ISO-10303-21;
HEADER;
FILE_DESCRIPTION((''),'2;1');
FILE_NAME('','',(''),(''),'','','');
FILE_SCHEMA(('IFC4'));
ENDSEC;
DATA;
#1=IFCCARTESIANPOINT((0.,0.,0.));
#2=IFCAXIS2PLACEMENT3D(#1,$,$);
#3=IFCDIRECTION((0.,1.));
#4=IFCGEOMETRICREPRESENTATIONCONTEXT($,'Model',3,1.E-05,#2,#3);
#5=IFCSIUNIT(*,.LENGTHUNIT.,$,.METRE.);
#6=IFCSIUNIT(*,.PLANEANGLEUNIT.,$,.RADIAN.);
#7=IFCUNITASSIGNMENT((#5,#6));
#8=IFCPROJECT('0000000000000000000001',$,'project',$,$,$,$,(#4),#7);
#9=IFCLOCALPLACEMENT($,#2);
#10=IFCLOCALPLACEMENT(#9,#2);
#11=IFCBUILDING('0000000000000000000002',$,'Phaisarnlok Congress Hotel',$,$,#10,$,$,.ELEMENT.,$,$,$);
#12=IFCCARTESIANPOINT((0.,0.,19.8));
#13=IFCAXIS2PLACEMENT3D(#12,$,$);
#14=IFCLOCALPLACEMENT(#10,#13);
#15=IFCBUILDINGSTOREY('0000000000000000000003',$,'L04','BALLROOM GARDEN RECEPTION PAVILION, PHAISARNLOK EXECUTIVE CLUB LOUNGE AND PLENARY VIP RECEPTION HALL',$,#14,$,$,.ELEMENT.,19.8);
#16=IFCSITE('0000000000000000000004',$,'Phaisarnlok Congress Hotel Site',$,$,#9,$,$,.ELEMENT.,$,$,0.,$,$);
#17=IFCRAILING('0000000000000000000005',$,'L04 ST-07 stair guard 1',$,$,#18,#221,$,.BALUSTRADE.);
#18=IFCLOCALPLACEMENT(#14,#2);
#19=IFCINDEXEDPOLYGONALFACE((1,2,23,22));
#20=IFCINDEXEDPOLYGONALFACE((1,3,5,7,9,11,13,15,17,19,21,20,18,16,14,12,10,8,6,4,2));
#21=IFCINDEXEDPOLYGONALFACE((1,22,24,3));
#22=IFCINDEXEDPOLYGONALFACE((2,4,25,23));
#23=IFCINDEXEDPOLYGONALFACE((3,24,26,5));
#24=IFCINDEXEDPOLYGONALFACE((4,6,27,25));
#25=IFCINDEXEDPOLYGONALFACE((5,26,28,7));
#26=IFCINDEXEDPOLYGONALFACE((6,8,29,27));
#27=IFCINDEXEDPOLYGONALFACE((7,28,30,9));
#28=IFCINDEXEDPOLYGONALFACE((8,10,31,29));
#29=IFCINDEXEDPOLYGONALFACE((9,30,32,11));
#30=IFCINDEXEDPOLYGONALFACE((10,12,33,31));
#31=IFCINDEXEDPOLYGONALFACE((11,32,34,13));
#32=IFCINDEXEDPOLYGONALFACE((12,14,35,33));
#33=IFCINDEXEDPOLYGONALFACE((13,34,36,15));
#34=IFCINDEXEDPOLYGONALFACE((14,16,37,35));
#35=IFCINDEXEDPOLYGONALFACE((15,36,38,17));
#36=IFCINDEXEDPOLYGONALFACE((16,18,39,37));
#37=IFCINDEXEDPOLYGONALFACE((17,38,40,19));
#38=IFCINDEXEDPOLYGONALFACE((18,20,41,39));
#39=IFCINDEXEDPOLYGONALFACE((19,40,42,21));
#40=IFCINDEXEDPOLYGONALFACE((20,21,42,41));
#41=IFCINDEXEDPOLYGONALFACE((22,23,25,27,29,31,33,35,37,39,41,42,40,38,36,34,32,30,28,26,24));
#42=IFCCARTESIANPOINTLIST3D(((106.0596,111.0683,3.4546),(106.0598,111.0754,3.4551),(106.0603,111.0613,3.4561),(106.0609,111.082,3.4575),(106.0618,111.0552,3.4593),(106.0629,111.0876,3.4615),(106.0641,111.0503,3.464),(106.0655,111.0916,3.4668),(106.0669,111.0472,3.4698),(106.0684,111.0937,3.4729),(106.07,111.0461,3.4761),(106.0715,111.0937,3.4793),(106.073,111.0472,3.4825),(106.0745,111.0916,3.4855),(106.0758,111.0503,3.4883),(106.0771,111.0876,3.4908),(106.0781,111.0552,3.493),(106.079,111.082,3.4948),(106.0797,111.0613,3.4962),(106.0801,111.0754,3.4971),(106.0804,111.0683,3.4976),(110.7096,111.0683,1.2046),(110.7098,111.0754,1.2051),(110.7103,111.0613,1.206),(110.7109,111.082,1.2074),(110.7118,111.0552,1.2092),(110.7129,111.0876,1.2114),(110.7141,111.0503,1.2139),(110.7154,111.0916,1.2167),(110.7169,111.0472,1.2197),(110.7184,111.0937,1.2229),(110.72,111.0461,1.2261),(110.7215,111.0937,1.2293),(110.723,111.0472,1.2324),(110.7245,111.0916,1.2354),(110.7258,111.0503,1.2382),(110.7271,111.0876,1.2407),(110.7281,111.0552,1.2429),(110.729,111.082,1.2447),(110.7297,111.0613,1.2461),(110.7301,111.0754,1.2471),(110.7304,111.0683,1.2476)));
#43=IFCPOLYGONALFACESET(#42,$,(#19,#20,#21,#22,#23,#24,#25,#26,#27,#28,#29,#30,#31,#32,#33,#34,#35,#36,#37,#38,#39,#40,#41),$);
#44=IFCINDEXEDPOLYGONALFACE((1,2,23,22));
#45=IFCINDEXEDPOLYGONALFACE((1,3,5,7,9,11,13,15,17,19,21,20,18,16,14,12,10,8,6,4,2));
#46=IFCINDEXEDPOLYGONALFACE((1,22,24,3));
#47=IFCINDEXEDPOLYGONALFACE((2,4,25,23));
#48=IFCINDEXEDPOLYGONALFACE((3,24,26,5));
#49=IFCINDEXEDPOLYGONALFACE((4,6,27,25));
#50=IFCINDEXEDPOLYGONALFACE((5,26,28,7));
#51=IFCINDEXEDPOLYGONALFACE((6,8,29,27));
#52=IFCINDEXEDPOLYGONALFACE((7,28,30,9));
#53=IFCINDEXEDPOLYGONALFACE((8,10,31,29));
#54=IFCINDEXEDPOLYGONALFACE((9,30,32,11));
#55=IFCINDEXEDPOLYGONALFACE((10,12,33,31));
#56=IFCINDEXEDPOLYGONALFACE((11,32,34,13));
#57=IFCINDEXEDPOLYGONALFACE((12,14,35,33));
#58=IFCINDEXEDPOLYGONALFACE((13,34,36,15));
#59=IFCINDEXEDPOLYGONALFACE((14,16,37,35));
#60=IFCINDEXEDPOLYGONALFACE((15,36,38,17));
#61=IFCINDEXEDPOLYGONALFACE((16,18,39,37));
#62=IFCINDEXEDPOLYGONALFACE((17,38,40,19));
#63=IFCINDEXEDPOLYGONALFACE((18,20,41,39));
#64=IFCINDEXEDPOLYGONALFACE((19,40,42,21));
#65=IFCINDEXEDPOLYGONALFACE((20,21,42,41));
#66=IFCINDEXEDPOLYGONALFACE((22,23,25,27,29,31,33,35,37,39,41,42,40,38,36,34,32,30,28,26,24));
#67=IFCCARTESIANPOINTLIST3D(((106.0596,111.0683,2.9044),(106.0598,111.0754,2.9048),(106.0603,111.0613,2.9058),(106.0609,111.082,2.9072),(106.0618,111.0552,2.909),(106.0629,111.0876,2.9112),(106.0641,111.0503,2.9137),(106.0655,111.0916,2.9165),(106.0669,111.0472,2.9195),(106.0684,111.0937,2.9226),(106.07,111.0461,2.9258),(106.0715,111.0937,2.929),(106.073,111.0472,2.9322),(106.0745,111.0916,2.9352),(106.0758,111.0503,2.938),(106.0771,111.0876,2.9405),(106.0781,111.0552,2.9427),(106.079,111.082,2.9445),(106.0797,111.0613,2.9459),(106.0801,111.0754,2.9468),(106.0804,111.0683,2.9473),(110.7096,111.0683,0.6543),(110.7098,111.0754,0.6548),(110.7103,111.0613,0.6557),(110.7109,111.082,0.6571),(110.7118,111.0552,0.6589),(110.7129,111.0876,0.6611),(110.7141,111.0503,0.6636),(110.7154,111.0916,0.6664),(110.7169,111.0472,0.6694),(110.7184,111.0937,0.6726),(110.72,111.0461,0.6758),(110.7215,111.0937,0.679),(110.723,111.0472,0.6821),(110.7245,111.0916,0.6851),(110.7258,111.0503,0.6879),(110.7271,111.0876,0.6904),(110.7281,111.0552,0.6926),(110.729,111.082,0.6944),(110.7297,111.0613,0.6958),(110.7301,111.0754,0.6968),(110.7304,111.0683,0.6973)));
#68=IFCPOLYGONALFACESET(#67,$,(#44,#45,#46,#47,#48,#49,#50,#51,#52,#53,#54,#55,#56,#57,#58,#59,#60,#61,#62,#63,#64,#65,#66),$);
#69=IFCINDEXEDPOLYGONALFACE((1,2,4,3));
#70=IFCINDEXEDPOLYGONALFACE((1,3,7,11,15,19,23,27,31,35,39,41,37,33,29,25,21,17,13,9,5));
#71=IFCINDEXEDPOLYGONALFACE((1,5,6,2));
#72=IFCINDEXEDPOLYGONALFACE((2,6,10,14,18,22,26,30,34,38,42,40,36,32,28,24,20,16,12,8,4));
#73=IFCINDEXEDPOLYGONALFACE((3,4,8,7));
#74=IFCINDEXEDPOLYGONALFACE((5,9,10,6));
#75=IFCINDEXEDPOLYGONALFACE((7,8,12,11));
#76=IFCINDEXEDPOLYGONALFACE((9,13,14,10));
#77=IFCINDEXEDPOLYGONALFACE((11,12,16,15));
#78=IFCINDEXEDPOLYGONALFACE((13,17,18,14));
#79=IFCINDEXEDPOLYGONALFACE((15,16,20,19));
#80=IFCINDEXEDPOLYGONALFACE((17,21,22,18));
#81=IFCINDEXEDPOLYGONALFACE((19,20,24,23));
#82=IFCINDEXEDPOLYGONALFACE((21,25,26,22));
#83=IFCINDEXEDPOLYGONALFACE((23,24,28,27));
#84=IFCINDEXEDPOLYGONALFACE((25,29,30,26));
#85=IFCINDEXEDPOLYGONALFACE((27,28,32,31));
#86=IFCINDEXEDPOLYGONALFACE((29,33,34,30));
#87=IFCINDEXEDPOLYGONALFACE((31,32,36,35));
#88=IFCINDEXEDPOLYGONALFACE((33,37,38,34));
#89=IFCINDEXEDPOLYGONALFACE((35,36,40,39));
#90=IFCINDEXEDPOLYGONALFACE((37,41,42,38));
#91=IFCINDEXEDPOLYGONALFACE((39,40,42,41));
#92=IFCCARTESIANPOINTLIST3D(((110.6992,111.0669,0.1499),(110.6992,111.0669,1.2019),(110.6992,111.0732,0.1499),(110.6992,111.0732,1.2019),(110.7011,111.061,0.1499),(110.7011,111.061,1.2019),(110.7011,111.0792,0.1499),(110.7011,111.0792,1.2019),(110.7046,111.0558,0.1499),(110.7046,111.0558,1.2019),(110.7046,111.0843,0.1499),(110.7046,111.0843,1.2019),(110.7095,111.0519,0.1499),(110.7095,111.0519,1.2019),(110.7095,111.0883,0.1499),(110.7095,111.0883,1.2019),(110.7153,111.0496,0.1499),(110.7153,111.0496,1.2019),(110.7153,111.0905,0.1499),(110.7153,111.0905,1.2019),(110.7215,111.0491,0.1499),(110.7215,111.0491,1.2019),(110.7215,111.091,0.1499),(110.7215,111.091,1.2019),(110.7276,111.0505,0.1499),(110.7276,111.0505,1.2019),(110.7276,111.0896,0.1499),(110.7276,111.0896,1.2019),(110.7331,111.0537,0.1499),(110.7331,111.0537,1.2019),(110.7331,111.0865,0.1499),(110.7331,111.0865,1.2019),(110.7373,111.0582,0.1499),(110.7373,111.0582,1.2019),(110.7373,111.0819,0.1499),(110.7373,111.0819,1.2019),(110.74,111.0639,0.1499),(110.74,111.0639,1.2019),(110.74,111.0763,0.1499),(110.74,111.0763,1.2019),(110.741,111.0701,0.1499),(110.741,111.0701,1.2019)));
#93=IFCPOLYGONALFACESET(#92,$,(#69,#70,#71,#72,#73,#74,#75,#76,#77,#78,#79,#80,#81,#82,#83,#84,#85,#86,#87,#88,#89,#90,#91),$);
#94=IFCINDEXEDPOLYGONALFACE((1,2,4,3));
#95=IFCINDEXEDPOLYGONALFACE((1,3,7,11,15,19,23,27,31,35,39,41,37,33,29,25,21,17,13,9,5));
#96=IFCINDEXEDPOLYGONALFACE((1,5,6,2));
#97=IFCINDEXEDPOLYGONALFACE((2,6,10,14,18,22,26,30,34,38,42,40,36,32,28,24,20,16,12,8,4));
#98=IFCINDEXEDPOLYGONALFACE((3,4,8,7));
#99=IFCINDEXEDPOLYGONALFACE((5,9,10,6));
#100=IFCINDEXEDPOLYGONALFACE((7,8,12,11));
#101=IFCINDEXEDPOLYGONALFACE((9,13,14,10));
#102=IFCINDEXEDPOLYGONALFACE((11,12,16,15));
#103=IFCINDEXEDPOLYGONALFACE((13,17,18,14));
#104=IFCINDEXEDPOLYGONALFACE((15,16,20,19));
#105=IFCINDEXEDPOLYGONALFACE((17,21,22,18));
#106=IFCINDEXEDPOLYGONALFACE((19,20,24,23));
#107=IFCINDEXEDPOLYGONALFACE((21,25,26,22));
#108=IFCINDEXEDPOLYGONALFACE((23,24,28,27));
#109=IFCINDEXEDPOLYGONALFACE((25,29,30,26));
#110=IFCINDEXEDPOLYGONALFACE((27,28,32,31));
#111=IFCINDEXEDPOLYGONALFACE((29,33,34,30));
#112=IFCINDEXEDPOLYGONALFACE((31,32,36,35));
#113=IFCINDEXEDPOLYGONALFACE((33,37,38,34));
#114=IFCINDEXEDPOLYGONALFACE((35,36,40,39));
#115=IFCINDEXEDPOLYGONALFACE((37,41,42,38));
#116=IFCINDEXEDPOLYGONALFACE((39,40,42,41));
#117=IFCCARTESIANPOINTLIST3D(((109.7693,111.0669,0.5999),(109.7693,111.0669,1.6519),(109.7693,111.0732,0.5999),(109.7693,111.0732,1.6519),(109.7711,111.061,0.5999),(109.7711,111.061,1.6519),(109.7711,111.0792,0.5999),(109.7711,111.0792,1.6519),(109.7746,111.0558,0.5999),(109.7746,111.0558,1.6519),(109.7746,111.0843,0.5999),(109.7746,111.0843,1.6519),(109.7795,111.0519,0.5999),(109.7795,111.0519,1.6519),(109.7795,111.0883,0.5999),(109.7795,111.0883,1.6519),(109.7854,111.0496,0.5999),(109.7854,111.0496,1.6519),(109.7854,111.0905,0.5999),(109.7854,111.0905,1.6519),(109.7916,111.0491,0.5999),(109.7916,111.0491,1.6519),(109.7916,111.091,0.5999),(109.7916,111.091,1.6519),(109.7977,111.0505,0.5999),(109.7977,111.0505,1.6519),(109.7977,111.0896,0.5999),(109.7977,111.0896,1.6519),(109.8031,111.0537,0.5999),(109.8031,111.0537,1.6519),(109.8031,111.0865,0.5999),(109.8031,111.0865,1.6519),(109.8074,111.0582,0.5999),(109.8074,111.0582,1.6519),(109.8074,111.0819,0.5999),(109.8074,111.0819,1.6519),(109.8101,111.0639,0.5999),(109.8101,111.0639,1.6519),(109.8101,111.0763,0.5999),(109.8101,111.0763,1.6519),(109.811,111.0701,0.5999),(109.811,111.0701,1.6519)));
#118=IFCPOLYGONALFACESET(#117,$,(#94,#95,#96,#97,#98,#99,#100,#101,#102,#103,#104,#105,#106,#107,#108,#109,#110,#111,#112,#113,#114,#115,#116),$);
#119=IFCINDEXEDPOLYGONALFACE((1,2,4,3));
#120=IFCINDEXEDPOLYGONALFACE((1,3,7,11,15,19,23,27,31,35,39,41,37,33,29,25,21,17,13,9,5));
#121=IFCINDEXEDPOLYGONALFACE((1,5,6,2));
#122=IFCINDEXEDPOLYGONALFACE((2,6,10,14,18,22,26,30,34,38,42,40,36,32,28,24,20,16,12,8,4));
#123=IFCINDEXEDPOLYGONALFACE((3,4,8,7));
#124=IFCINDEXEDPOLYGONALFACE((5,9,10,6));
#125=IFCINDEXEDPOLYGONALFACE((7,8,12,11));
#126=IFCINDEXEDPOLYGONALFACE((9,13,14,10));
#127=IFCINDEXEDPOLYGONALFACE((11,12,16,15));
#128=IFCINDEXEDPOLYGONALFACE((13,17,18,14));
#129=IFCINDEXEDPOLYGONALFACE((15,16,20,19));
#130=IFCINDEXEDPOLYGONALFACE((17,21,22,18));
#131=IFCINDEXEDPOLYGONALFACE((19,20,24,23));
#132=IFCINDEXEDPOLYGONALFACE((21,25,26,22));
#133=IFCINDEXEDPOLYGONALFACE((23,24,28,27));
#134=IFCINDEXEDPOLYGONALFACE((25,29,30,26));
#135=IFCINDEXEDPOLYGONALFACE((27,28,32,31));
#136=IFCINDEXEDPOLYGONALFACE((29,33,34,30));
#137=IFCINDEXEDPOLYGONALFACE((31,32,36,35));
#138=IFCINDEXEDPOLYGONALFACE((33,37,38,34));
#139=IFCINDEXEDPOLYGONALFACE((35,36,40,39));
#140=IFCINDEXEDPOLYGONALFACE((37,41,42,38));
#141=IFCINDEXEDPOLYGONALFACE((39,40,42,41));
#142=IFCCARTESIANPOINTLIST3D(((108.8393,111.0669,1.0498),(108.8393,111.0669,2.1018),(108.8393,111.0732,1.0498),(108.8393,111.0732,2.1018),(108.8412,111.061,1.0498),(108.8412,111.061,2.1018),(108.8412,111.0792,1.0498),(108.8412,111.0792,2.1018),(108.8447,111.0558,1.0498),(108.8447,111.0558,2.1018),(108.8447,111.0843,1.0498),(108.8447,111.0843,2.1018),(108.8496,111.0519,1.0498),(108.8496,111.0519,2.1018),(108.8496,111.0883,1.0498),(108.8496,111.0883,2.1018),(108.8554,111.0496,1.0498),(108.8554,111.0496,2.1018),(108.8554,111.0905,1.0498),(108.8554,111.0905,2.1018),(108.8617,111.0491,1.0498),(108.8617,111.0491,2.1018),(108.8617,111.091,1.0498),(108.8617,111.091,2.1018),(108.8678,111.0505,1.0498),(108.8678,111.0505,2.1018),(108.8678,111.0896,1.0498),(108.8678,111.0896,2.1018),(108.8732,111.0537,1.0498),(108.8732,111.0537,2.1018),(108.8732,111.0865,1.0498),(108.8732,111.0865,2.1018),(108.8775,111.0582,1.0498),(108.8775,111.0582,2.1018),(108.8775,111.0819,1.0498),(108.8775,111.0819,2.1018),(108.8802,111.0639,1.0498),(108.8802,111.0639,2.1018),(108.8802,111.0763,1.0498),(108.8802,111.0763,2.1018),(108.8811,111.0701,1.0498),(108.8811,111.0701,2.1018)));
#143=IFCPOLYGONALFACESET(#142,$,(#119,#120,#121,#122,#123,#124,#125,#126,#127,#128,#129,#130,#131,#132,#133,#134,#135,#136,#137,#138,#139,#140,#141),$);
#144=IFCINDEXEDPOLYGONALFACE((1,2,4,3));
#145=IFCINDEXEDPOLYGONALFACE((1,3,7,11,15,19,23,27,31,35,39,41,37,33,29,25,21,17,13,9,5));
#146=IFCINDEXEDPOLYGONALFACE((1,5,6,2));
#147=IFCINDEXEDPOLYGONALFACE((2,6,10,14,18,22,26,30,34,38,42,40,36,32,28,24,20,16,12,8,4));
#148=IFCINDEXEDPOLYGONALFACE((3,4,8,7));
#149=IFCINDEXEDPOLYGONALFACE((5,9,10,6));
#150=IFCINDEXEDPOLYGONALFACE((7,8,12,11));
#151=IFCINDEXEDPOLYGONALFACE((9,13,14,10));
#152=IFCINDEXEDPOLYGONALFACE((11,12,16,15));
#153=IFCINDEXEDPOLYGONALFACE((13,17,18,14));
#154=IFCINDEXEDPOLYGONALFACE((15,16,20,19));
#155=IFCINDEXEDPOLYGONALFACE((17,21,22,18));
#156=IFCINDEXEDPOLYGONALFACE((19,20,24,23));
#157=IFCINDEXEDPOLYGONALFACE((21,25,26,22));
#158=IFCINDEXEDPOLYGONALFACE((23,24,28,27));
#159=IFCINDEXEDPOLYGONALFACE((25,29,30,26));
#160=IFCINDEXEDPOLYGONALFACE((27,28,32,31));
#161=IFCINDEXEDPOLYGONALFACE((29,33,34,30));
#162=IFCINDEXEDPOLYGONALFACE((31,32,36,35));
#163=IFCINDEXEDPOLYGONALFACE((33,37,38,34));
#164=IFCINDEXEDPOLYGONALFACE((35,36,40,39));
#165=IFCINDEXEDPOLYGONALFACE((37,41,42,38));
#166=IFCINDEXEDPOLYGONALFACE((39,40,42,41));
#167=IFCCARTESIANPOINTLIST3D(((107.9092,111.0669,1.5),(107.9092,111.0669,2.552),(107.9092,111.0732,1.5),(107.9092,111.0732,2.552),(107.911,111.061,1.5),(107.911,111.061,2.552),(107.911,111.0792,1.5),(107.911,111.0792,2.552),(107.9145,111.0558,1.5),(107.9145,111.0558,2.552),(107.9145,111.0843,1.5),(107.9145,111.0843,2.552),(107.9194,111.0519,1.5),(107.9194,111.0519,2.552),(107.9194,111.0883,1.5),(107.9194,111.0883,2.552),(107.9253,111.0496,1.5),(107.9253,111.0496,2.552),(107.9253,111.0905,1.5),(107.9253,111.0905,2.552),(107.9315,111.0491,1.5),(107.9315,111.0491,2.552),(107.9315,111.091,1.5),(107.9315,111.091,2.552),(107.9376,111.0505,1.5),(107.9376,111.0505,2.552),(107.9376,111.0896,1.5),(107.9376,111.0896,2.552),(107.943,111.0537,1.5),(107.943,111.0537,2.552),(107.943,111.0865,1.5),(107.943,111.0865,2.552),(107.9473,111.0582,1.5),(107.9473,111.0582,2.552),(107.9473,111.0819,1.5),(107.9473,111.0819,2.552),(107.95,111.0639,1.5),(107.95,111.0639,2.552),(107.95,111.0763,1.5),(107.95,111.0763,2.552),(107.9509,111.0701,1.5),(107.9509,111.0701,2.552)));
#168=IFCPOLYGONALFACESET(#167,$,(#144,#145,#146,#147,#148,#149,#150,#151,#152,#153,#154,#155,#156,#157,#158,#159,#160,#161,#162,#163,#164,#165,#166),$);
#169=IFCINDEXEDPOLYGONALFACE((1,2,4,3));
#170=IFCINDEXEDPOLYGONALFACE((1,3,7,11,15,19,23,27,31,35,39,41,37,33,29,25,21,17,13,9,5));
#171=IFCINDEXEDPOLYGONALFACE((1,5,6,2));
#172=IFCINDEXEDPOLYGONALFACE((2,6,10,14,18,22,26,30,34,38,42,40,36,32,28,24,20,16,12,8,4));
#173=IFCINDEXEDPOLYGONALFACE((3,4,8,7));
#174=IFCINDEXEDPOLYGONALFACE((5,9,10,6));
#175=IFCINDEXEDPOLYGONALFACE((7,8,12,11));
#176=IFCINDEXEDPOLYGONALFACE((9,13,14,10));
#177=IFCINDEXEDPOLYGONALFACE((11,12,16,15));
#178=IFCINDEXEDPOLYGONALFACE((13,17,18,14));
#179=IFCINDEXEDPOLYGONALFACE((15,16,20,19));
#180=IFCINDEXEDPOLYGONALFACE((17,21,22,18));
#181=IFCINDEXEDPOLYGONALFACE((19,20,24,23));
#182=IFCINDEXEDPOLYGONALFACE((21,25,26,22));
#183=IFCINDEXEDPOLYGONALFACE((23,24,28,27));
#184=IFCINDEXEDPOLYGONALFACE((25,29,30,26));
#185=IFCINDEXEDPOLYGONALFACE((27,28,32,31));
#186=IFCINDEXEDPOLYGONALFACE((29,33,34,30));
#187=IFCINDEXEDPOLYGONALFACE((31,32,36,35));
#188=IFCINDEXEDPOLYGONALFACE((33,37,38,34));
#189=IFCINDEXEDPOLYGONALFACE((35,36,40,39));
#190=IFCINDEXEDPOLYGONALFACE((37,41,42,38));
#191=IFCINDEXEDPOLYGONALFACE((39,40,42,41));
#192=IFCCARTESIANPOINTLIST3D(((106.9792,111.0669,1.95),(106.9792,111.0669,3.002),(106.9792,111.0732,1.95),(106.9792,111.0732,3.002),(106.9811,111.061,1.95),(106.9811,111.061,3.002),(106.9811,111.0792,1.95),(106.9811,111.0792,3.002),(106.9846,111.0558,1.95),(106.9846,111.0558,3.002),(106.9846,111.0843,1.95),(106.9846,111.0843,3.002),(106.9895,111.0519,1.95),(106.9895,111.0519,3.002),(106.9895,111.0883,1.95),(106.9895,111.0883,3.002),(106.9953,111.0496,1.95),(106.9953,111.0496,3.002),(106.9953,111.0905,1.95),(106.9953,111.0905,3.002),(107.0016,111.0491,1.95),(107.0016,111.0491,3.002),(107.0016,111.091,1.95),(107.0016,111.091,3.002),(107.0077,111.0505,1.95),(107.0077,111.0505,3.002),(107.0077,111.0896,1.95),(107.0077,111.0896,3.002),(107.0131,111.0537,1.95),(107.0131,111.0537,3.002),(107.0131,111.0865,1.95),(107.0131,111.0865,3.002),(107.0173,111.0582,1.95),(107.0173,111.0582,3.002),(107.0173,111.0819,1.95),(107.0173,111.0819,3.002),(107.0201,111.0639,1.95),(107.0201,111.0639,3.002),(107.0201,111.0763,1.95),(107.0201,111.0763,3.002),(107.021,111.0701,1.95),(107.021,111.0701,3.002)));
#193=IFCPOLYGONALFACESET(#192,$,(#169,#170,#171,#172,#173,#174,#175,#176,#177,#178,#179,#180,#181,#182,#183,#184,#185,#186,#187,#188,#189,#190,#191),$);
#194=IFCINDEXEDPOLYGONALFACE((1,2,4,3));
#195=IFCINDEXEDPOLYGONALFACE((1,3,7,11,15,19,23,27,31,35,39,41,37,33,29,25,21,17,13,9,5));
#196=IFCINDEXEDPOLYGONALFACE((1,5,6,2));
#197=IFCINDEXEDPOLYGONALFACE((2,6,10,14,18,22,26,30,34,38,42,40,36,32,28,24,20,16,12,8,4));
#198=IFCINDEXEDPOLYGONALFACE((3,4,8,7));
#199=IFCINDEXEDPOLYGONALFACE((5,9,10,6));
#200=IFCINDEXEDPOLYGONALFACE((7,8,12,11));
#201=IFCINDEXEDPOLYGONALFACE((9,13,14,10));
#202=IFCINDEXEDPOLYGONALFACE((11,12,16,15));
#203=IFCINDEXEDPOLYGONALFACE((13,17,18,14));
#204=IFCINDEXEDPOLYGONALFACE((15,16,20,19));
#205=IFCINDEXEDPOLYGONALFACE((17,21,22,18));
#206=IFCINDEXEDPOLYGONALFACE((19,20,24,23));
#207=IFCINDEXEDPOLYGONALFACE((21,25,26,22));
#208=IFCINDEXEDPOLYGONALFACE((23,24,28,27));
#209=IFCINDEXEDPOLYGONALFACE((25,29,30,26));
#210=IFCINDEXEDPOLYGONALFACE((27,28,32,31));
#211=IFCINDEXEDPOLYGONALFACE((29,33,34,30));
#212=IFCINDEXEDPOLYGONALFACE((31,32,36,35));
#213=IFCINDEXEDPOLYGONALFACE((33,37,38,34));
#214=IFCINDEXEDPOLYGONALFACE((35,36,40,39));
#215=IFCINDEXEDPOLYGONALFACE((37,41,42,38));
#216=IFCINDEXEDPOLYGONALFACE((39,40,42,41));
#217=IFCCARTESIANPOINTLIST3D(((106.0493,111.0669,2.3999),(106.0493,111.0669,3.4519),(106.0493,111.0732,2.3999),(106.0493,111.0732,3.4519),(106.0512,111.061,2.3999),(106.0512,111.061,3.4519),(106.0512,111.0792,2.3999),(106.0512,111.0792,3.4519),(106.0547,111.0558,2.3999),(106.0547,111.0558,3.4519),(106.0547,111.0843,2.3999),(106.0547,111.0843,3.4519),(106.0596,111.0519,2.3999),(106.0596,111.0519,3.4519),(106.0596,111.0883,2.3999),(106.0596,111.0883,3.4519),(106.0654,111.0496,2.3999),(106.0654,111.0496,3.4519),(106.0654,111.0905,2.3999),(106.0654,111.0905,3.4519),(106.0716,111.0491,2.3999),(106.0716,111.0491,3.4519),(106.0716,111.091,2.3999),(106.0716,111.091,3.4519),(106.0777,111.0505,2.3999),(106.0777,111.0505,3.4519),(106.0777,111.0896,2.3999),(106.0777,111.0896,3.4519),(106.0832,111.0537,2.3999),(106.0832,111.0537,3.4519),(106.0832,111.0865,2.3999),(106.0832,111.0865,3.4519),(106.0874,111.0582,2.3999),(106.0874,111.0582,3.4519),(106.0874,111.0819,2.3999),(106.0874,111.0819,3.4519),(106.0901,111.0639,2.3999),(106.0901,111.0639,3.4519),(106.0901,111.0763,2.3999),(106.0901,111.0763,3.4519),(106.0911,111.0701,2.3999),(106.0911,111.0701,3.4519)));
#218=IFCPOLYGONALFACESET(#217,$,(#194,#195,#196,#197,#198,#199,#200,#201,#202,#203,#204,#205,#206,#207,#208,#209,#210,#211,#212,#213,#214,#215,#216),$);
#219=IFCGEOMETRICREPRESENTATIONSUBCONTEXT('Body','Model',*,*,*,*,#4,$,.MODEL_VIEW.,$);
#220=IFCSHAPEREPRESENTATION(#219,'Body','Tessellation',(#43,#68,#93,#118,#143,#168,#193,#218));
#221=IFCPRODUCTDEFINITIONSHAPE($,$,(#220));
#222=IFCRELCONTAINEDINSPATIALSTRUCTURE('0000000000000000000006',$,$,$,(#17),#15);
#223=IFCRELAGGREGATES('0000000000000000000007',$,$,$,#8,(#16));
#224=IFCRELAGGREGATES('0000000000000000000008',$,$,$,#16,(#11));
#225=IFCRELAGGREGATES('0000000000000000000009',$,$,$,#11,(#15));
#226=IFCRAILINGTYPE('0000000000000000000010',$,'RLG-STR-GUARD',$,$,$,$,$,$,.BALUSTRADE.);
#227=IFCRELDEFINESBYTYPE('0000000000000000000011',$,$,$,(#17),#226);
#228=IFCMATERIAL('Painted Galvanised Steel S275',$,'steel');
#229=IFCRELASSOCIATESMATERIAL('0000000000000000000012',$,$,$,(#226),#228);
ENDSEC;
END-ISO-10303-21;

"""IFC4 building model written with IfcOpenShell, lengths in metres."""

from ifc_helpers import new_model, si_unit, direction, frame, origin, origin_2d, place, context, subcontext, project, spatial, circle, extrude, material, type_object, element, save


model = new_model("IFC4")

# Units and contexts
model_context = context("Model", 3, precision=1e-05, world=origin(), true_north=direction((0.0, 1.0)))
body_context = subcontext(model_context, "Body", "Model", "MODEL_VIEW")
ifc_project = project(units=[si_unit("LENGTHUNIT", "METRE"), si_unit("PLANEANGLEUNIT", "RADIAN")], contexts=[model_context])

# Site, building, storey
site_placement = place(None, origin())
site = spatial("IfcSite", under=ifc_project, at=site_placement, Name="Phaisarnlok Congress Hotel Site", CompositionType="ELEMENT", RefElevation=0.0)
building_placement = place(site_placement, origin())
building = spatial("IfcBuilding", under=site, at=building_placement, Name="Phaisarnlok Congress Hotel", CompositionType="ELEMENT")
storey_placement = place(building_placement, frame((0.0, 0.0, 19.8)))
storey = spatial("IfcBuildingStorey", under=building, at=storey_placement, Name="L04", Description="BALLROOM GARDEN RECEPTION PAVILION, PHAISARNLOK EXECUTIVE CLUB LOUNGE AND PLENARY VIP RECEPTION HALL", CompositionType="ELEMENT", Elevation=19.8)

# Railing
ifc_material_1 = material(Name="Painted Galvanised Steel S275", Category="steel")
railing_type_1 = type_object("IfcRailingType", Name="RLG-STR-GUARD", PredefinedType="BALUSTRADE", material=ifc_material_1)
railing_1_placement = place(storey_placement, frame((110.72, 111.0701, 0.1499)))
element("IfcRailing", 1, at=railing_1_placement, inside=storey, type_object=railing_type_1, Name="L04 ST-07 stair guard 1", PredefinedType="BALUSTRADE", context=body_context, shape_type="SweptSolid", body=[
    extrude(circle(Radius=0.0239, at=origin_2d()), frame((0.0, 0.0, 1.0762), z_axis=(-0.900156, 0.0, 0.435568), x_axis=(0.0, -1.0, 0.0)), (0.0, 0.0, 1.0), 5.1658),
    extrude(circle(Radius=0.0239, at=origin_2d()), frame((0.0, 0.0, 0.5259), z_axis=(-0.900156, 0.0, 0.435568), x_axis=(0.0, -1.0, 0.0)), (0.0, 0.0, 1.0), 5.1658),
    extrude(circle(Radius=0.021, at=origin_2d()), origin(), (0.0, 0.0, 1.0), 1.052),
    extrude(circle(Radius=0.021, at=origin_2d()), frame((-0.9299, 0.0, 0.45)), (0.0, 0.0, 1.0), 1.052),
    extrude(circle(Radius=0.021, at=origin_2d()), frame((-1.8599, 0.0, 0.8999)), (0.0, 0.0, 1.0), 1.052),
    extrude(circle(Radius=0.021, at=origin_2d()), frame((-2.79, 0.0, 1.3501)), (0.0, 0.0, 1.0), 1.052),
    extrude(circle(Radius=0.021, at=origin_2d()), frame((-3.72, 0.0, 1.8)), (0.0, 0.0, 1.0), 1.052),
    extrude(circle(Radius=0.021, at=origin_2d()), frame((-4.6499, 0.0, 2.25)), (0.0, 0.0, 1.0), 1.052),
])

save(model, "model.ifc")
